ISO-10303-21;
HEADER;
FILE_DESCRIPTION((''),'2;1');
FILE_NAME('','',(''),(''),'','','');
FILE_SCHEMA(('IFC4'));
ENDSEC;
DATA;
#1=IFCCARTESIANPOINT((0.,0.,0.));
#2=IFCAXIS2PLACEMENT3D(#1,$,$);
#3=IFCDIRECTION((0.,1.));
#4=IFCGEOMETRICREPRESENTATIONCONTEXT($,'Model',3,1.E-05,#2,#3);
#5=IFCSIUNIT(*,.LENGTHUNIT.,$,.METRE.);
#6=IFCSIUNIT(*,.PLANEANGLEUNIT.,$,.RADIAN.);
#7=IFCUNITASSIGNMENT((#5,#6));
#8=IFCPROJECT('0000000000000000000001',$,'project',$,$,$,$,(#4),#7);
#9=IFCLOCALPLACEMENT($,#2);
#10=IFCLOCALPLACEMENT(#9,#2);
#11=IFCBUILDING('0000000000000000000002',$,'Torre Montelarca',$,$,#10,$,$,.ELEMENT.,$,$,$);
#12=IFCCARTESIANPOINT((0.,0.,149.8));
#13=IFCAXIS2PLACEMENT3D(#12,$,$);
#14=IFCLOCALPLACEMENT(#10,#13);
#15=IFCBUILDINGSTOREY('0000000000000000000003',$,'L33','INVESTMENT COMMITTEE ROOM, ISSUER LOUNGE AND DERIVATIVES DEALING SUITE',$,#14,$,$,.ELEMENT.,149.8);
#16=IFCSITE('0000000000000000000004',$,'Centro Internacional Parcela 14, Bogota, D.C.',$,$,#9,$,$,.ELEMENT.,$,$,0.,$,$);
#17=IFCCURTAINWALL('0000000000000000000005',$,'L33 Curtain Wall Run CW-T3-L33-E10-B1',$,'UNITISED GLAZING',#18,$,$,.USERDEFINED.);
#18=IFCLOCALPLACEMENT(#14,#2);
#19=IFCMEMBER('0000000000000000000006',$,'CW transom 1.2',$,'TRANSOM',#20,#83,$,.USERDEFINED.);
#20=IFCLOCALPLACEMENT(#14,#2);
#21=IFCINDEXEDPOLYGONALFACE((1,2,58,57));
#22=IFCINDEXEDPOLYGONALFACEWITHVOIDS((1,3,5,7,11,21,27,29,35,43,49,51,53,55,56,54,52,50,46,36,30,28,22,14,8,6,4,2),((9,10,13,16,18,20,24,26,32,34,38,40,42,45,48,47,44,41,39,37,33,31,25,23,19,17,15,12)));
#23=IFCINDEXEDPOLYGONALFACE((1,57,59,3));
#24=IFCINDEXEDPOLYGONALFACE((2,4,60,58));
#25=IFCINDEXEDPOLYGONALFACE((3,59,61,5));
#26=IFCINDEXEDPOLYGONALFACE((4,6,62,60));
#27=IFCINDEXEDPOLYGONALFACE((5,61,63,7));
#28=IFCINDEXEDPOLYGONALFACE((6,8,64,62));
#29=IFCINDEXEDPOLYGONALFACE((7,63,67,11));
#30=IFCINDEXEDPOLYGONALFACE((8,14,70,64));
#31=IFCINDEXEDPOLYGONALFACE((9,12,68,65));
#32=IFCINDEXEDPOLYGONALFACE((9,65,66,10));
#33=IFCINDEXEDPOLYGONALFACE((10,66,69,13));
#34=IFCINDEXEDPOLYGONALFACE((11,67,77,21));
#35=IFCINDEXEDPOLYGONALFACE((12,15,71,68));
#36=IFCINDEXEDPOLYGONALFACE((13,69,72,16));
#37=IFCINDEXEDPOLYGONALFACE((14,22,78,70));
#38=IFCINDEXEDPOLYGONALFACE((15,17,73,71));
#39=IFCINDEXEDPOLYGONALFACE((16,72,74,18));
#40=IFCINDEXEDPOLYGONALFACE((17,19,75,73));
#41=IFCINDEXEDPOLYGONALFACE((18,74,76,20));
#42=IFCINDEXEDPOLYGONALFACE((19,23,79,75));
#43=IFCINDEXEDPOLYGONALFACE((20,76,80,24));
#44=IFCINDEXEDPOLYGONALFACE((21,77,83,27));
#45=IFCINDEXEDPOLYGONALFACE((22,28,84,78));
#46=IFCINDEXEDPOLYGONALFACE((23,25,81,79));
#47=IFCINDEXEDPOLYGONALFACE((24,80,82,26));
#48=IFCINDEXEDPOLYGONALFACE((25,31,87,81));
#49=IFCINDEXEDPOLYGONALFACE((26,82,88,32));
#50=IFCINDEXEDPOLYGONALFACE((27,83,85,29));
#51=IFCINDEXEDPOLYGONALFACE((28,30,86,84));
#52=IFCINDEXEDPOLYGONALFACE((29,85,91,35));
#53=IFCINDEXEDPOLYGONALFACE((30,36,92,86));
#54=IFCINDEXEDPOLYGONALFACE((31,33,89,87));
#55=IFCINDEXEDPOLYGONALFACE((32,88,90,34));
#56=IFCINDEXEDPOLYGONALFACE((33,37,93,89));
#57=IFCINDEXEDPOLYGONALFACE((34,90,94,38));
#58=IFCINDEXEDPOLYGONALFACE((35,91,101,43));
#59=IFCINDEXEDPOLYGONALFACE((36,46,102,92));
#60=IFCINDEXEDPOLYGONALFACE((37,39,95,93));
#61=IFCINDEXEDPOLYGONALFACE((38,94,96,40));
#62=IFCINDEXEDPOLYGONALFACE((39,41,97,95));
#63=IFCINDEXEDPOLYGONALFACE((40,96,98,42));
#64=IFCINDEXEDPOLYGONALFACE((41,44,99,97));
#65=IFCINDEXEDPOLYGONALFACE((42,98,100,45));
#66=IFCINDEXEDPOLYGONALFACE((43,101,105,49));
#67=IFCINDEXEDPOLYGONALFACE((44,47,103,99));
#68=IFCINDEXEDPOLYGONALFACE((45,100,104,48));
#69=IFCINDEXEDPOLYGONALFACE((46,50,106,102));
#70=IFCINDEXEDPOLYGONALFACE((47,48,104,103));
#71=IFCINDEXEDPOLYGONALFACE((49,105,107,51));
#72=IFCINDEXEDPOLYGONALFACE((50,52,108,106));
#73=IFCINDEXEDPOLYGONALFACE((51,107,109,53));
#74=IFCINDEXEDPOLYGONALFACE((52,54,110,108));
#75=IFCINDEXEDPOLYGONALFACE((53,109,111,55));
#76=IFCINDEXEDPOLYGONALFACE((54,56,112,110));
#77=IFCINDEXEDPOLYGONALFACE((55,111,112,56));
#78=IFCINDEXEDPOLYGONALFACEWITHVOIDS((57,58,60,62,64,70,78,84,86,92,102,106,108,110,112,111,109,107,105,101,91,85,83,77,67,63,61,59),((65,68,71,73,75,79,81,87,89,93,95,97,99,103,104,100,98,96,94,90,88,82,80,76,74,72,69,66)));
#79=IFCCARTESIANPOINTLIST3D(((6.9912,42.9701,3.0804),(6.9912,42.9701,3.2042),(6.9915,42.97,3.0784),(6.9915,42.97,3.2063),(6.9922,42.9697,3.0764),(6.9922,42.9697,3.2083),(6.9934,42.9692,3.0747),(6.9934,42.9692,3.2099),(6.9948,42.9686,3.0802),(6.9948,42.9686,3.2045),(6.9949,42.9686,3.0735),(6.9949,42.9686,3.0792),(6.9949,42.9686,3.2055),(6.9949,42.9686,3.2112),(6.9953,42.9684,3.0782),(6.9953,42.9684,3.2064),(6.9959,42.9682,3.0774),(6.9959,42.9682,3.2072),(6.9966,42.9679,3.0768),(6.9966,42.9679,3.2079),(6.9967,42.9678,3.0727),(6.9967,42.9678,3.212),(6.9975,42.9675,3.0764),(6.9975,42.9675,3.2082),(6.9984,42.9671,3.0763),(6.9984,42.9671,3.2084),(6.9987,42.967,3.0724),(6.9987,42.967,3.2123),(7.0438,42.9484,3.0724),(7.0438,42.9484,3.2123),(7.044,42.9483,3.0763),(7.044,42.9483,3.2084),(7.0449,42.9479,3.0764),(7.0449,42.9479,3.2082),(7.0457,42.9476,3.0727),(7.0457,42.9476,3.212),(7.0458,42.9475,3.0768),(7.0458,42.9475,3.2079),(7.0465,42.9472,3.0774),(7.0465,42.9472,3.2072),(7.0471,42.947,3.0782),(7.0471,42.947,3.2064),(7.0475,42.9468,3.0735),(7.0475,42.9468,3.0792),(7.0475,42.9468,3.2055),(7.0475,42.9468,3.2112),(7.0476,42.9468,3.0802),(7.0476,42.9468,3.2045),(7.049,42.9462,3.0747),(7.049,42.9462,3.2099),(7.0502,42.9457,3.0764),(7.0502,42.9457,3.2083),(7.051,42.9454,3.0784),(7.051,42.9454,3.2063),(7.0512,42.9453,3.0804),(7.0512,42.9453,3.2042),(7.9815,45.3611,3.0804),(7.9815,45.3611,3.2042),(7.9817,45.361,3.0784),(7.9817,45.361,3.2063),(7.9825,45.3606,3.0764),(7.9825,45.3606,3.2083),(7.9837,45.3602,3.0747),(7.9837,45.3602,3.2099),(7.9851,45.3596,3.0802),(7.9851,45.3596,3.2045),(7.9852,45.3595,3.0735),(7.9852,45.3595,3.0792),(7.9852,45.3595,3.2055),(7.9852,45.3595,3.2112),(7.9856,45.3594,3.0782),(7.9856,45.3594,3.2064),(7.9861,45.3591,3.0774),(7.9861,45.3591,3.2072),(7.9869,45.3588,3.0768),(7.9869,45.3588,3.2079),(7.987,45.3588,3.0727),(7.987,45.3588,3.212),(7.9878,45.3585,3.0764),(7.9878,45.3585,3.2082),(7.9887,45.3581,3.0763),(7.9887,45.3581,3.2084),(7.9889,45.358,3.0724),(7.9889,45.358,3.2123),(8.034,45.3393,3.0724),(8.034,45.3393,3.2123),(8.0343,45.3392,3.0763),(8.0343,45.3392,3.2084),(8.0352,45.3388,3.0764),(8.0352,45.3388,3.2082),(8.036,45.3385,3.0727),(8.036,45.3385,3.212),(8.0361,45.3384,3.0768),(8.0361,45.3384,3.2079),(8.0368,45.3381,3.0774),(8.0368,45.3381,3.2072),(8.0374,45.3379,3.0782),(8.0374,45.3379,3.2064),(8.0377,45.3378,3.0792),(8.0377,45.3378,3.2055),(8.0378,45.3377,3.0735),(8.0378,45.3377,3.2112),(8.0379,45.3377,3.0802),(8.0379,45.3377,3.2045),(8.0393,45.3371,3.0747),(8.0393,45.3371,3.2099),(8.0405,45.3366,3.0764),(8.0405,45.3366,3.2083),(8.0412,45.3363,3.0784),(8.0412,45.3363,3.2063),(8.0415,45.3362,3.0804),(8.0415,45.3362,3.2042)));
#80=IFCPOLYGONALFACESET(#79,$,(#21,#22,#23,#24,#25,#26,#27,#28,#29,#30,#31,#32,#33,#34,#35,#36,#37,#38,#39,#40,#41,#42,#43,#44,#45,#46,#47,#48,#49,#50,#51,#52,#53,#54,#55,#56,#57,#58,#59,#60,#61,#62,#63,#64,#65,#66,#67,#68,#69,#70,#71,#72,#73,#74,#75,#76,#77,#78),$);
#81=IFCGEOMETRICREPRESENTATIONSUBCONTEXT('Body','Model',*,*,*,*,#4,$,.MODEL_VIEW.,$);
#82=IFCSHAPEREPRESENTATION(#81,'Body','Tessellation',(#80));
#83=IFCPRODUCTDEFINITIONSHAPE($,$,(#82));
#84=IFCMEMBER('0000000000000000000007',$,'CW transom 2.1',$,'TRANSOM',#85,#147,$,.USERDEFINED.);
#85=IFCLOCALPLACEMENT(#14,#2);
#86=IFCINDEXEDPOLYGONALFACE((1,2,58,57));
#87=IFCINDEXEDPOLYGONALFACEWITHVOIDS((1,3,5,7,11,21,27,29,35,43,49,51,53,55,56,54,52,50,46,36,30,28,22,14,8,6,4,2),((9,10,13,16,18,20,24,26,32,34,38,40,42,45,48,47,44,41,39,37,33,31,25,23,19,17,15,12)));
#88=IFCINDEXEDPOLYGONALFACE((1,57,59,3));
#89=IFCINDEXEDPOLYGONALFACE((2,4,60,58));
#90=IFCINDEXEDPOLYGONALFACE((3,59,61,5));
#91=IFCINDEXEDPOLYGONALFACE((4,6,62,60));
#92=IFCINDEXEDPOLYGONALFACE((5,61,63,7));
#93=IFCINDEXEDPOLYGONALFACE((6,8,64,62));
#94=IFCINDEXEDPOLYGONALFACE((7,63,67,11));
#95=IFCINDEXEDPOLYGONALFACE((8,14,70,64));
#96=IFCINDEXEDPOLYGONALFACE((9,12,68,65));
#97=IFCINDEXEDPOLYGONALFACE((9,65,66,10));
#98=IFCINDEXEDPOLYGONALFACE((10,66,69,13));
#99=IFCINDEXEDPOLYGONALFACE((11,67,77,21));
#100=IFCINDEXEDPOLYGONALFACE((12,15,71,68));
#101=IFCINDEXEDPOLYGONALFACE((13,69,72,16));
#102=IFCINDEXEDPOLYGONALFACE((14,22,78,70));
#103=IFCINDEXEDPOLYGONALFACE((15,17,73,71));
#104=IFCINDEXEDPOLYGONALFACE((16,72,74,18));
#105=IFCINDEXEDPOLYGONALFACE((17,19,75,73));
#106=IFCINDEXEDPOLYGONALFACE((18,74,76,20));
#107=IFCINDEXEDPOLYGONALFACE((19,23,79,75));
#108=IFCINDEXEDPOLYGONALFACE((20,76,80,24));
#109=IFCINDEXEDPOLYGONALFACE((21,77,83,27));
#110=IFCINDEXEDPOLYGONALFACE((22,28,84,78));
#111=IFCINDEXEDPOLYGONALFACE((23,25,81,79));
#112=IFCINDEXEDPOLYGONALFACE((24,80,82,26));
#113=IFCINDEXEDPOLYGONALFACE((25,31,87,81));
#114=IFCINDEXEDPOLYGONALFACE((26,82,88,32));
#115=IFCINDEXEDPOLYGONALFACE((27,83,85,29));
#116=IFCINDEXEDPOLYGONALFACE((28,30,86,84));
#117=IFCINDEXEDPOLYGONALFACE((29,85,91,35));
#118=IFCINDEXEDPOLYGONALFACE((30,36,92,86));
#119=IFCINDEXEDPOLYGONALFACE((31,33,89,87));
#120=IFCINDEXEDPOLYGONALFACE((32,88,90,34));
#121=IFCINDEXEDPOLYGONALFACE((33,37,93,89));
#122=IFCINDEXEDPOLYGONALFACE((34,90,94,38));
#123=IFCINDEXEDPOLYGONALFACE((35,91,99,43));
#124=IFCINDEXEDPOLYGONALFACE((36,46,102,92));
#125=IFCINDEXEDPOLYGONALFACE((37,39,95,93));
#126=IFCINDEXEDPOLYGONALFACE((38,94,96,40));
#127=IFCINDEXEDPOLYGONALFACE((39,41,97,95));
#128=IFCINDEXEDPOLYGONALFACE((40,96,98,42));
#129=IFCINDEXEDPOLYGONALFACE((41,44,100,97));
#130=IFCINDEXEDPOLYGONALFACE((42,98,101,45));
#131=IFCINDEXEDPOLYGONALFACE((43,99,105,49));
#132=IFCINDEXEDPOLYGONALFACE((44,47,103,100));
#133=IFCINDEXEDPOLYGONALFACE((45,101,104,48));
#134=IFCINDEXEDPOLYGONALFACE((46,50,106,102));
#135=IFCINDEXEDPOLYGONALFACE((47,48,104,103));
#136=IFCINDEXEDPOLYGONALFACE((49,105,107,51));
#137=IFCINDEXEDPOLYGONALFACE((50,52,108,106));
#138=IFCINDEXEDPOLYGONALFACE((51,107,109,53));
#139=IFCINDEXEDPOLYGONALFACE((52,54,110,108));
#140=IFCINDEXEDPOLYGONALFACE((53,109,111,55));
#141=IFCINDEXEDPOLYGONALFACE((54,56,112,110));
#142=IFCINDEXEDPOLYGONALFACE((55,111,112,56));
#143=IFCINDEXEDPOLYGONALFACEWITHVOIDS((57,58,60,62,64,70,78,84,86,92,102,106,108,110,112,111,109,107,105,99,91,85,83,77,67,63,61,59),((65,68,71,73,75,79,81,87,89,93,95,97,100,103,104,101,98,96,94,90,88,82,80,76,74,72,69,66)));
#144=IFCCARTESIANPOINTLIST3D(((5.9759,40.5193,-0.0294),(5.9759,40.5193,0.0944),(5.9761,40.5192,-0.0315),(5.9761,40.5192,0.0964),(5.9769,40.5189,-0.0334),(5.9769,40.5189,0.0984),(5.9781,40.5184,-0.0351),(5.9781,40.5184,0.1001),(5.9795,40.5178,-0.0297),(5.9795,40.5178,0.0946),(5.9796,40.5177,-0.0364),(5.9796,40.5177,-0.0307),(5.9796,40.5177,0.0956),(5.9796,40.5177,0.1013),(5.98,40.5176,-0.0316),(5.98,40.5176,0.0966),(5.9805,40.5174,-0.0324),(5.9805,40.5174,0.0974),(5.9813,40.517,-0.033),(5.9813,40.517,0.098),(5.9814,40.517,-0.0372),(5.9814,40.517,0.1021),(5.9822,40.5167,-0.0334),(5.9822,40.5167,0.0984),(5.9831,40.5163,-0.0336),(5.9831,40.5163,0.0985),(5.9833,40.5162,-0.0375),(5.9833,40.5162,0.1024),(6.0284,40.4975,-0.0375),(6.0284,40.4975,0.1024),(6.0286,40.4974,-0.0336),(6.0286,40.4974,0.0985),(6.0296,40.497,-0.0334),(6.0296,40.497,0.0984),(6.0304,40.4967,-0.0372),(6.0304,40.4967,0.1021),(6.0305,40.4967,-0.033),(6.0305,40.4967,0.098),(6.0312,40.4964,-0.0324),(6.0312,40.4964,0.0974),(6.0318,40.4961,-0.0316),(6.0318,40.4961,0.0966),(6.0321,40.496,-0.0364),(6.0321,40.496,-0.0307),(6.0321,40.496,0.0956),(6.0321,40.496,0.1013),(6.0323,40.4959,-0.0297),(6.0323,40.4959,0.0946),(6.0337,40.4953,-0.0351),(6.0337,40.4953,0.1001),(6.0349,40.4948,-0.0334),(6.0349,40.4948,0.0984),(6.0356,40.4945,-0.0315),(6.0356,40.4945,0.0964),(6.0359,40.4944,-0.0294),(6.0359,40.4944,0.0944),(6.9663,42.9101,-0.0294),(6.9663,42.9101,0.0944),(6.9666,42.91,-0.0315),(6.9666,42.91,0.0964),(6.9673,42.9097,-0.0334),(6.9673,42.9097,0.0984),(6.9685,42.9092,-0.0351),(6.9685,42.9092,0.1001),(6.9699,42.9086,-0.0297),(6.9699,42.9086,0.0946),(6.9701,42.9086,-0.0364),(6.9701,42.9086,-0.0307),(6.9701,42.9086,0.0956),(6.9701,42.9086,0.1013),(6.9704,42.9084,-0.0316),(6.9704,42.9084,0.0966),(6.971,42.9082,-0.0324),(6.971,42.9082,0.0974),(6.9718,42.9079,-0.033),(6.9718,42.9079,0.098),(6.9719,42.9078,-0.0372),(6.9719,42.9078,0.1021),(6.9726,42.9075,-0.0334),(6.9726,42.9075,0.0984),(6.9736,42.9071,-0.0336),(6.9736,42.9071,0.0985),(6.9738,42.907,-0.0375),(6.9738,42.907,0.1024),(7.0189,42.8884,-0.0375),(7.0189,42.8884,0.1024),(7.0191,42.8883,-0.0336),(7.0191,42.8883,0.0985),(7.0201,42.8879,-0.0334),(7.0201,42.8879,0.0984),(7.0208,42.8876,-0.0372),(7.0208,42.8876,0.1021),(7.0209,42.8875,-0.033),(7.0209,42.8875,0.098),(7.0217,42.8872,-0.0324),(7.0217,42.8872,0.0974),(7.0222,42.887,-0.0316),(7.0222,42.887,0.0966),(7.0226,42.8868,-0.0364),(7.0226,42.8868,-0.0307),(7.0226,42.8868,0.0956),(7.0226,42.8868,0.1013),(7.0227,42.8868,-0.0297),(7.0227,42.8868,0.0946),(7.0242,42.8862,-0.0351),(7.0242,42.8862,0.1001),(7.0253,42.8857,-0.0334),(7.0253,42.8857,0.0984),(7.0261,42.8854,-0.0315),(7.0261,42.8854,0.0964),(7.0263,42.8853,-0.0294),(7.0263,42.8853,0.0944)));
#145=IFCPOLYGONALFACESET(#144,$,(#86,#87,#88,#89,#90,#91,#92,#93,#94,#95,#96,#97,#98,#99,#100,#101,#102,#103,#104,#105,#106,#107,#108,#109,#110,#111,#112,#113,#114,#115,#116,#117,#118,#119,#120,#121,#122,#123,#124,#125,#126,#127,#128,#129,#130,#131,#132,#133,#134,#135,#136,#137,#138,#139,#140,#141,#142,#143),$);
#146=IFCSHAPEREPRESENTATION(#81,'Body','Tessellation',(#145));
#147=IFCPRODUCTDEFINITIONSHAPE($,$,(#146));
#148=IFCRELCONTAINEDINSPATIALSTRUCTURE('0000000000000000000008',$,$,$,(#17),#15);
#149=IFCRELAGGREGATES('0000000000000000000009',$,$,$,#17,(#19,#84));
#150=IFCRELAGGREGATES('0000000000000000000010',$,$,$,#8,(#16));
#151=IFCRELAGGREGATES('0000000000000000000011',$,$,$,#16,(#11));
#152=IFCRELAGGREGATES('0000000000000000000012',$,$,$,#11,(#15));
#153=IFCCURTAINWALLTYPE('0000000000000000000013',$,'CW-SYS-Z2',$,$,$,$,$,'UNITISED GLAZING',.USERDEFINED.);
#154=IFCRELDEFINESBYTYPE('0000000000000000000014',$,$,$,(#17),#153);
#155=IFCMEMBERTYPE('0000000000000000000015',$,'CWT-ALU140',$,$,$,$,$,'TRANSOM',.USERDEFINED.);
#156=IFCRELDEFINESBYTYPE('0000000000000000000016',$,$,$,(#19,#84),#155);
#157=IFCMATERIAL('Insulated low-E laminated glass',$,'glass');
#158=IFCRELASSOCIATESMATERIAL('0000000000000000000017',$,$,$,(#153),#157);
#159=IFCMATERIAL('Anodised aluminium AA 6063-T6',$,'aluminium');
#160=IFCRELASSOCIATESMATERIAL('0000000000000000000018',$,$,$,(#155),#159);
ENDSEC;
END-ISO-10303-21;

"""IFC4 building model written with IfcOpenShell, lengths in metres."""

from ifc_helpers import new_model, si_unit, direction, frame, origin, origin_2d, place, context, subcontext, project, spatial, hollow_rectangle, extrude, source, transform, mapped, material, material_profile, profile_set, type_object, element, aggregate, save


model = new_model("IFC4")

# Units and contexts
model_context = context("Model", 3, precision=1e-05, world=origin(), true_north=direction((0.0, 1.0)))
body_context = subcontext(model_context, "Body", "Model", "MODEL_VIEW")
ifc_project = project(units=[si_unit("LENGTHUNIT", "METRE"), si_unit("PLANEANGLEUNIT", "RADIAN")], contexts=[model_context])

# Site, building, storey
site_placement = place(None, origin())
site = spatial("IfcSite", under=ifc_project, at=site_placement, Name="Centro Internacional Parcela 14, Bogota, D.C.", CompositionType="ELEMENT", RefElevation=0.0)
building_placement = place(site_placement, origin())
building = spatial("IfcBuilding", under=site, at=building_placement, Name="Torre Montelarca", CompositionType="ELEMENT")
storey_placement = place(building_placement, frame((0.0, 0.0, 149.8)))
storey = spatial("IfcBuildingStorey", under=building, at=storey_placement, Name="L33", Description="INVESTMENT COMMITTEE ROOM, ISSUER LOUNGE AND DERIVATIVES DEALING SUITE", CompositionType="ELEMENT", Elevation=149.8)

# Curtain wall, members
ifc_material_1 = material(Name="Insulated low-E laminated glass", Category="glass")
curtain_wall_type = type_object("IfcCurtainWallType", Name="CW-SYS-Z2", ElementType="UNITISED GLAZING", PredefinedType="USERDEFINED", material=ifc_material_1)
ifc_material_2 = material(Name="Anodised aluminium AA 6063-T6", Category="aluminium")
ifc_material_profile_1 = material_profile(ifc_material_2, hollow_rectangle(XDim=0.0649, YDim=0.1399, WallThickness=0.0039, InnerFilletRadius=0.0039, OuterFilletRadius=0.0081, at=origin_2d()), Name="ALU65X140X4", Category="aluminium")
ifc_profile_set_1 = profile_set([ifc_material_profile_1], Name="Anodised aluminium AA 6063-T6")
member_type_1 = type_object("IfcMemberType", Name="CWT-ALU140", ElementType="TRANSOM", PredefinedType="USERDEFINED", material=ifc_profile_set_1)
curtain_wall_1_placement = place(storey_placement, origin())
curtain_wall_1 = element("IfcCurtainWall", 1, at=curtain_wall_1_placement, inside=storey, type_object=curtain_wall_type, Name="L33 Curtain Wall Run CW-T3-L33-E10-B1", ObjectType="UNITISED GLAZING", PredefinedType="USERDEFINED")
shared_shape_1 = source(origin(), body_context, "Body", "SweptSolid", [
    extrude(hollow_rectangle(XDim=0.0649, YDim=0.1399, WallThickness=0.0039, InnerFilletRadius=0.0039, OuterFilletRadius=0.0081, at=origin_2d()), origin(), (0.0, 0.0, 1.0), 2.5879),
])
member_1_placement = place(storey_placement, frame((8.0115, 45.3486, 3.1423), z_axis=(-0.382652, -0.923893, 0.0), x_axis=(0.923893, -0.382652, 0.0)))
member_1 = element("IfcMember", 2, at=member_1_placement, type_object=member_type_1, Name="CW transom 1.2", ObjectType="TRANSOM", PredefinedType="USERDEFINED", context=body_context, shape_type="MappedRepresentation", body=[
    mapped(shared_shape_1, transform((0.0, 0.0, 0.0), scale=1.0)),
])
member_2_placement = place(storey_placement, frame((6.9963, 42.8977, 0.0325), z_axis=(-0.382732, -0.923859, 0.0), x_axis=(0.923859, -0.382732, 0.0)))
member_2 = element("IfcMember", 3, at=member_2_placement, type_object=member_type_1, Name="CW transom 2.1", ObjectType="TRANSOM", PredefinedType="USERDEFINED", context=body_context, shape_type="MappedRepresentation", body=[
    mapped(shared_shape_1, transform((0.0, 0.0, 0.0), scale=1.0)),
])

aggregate(curtain_wall_1, [member_1, member_2])

save(model, "model.ifc")
